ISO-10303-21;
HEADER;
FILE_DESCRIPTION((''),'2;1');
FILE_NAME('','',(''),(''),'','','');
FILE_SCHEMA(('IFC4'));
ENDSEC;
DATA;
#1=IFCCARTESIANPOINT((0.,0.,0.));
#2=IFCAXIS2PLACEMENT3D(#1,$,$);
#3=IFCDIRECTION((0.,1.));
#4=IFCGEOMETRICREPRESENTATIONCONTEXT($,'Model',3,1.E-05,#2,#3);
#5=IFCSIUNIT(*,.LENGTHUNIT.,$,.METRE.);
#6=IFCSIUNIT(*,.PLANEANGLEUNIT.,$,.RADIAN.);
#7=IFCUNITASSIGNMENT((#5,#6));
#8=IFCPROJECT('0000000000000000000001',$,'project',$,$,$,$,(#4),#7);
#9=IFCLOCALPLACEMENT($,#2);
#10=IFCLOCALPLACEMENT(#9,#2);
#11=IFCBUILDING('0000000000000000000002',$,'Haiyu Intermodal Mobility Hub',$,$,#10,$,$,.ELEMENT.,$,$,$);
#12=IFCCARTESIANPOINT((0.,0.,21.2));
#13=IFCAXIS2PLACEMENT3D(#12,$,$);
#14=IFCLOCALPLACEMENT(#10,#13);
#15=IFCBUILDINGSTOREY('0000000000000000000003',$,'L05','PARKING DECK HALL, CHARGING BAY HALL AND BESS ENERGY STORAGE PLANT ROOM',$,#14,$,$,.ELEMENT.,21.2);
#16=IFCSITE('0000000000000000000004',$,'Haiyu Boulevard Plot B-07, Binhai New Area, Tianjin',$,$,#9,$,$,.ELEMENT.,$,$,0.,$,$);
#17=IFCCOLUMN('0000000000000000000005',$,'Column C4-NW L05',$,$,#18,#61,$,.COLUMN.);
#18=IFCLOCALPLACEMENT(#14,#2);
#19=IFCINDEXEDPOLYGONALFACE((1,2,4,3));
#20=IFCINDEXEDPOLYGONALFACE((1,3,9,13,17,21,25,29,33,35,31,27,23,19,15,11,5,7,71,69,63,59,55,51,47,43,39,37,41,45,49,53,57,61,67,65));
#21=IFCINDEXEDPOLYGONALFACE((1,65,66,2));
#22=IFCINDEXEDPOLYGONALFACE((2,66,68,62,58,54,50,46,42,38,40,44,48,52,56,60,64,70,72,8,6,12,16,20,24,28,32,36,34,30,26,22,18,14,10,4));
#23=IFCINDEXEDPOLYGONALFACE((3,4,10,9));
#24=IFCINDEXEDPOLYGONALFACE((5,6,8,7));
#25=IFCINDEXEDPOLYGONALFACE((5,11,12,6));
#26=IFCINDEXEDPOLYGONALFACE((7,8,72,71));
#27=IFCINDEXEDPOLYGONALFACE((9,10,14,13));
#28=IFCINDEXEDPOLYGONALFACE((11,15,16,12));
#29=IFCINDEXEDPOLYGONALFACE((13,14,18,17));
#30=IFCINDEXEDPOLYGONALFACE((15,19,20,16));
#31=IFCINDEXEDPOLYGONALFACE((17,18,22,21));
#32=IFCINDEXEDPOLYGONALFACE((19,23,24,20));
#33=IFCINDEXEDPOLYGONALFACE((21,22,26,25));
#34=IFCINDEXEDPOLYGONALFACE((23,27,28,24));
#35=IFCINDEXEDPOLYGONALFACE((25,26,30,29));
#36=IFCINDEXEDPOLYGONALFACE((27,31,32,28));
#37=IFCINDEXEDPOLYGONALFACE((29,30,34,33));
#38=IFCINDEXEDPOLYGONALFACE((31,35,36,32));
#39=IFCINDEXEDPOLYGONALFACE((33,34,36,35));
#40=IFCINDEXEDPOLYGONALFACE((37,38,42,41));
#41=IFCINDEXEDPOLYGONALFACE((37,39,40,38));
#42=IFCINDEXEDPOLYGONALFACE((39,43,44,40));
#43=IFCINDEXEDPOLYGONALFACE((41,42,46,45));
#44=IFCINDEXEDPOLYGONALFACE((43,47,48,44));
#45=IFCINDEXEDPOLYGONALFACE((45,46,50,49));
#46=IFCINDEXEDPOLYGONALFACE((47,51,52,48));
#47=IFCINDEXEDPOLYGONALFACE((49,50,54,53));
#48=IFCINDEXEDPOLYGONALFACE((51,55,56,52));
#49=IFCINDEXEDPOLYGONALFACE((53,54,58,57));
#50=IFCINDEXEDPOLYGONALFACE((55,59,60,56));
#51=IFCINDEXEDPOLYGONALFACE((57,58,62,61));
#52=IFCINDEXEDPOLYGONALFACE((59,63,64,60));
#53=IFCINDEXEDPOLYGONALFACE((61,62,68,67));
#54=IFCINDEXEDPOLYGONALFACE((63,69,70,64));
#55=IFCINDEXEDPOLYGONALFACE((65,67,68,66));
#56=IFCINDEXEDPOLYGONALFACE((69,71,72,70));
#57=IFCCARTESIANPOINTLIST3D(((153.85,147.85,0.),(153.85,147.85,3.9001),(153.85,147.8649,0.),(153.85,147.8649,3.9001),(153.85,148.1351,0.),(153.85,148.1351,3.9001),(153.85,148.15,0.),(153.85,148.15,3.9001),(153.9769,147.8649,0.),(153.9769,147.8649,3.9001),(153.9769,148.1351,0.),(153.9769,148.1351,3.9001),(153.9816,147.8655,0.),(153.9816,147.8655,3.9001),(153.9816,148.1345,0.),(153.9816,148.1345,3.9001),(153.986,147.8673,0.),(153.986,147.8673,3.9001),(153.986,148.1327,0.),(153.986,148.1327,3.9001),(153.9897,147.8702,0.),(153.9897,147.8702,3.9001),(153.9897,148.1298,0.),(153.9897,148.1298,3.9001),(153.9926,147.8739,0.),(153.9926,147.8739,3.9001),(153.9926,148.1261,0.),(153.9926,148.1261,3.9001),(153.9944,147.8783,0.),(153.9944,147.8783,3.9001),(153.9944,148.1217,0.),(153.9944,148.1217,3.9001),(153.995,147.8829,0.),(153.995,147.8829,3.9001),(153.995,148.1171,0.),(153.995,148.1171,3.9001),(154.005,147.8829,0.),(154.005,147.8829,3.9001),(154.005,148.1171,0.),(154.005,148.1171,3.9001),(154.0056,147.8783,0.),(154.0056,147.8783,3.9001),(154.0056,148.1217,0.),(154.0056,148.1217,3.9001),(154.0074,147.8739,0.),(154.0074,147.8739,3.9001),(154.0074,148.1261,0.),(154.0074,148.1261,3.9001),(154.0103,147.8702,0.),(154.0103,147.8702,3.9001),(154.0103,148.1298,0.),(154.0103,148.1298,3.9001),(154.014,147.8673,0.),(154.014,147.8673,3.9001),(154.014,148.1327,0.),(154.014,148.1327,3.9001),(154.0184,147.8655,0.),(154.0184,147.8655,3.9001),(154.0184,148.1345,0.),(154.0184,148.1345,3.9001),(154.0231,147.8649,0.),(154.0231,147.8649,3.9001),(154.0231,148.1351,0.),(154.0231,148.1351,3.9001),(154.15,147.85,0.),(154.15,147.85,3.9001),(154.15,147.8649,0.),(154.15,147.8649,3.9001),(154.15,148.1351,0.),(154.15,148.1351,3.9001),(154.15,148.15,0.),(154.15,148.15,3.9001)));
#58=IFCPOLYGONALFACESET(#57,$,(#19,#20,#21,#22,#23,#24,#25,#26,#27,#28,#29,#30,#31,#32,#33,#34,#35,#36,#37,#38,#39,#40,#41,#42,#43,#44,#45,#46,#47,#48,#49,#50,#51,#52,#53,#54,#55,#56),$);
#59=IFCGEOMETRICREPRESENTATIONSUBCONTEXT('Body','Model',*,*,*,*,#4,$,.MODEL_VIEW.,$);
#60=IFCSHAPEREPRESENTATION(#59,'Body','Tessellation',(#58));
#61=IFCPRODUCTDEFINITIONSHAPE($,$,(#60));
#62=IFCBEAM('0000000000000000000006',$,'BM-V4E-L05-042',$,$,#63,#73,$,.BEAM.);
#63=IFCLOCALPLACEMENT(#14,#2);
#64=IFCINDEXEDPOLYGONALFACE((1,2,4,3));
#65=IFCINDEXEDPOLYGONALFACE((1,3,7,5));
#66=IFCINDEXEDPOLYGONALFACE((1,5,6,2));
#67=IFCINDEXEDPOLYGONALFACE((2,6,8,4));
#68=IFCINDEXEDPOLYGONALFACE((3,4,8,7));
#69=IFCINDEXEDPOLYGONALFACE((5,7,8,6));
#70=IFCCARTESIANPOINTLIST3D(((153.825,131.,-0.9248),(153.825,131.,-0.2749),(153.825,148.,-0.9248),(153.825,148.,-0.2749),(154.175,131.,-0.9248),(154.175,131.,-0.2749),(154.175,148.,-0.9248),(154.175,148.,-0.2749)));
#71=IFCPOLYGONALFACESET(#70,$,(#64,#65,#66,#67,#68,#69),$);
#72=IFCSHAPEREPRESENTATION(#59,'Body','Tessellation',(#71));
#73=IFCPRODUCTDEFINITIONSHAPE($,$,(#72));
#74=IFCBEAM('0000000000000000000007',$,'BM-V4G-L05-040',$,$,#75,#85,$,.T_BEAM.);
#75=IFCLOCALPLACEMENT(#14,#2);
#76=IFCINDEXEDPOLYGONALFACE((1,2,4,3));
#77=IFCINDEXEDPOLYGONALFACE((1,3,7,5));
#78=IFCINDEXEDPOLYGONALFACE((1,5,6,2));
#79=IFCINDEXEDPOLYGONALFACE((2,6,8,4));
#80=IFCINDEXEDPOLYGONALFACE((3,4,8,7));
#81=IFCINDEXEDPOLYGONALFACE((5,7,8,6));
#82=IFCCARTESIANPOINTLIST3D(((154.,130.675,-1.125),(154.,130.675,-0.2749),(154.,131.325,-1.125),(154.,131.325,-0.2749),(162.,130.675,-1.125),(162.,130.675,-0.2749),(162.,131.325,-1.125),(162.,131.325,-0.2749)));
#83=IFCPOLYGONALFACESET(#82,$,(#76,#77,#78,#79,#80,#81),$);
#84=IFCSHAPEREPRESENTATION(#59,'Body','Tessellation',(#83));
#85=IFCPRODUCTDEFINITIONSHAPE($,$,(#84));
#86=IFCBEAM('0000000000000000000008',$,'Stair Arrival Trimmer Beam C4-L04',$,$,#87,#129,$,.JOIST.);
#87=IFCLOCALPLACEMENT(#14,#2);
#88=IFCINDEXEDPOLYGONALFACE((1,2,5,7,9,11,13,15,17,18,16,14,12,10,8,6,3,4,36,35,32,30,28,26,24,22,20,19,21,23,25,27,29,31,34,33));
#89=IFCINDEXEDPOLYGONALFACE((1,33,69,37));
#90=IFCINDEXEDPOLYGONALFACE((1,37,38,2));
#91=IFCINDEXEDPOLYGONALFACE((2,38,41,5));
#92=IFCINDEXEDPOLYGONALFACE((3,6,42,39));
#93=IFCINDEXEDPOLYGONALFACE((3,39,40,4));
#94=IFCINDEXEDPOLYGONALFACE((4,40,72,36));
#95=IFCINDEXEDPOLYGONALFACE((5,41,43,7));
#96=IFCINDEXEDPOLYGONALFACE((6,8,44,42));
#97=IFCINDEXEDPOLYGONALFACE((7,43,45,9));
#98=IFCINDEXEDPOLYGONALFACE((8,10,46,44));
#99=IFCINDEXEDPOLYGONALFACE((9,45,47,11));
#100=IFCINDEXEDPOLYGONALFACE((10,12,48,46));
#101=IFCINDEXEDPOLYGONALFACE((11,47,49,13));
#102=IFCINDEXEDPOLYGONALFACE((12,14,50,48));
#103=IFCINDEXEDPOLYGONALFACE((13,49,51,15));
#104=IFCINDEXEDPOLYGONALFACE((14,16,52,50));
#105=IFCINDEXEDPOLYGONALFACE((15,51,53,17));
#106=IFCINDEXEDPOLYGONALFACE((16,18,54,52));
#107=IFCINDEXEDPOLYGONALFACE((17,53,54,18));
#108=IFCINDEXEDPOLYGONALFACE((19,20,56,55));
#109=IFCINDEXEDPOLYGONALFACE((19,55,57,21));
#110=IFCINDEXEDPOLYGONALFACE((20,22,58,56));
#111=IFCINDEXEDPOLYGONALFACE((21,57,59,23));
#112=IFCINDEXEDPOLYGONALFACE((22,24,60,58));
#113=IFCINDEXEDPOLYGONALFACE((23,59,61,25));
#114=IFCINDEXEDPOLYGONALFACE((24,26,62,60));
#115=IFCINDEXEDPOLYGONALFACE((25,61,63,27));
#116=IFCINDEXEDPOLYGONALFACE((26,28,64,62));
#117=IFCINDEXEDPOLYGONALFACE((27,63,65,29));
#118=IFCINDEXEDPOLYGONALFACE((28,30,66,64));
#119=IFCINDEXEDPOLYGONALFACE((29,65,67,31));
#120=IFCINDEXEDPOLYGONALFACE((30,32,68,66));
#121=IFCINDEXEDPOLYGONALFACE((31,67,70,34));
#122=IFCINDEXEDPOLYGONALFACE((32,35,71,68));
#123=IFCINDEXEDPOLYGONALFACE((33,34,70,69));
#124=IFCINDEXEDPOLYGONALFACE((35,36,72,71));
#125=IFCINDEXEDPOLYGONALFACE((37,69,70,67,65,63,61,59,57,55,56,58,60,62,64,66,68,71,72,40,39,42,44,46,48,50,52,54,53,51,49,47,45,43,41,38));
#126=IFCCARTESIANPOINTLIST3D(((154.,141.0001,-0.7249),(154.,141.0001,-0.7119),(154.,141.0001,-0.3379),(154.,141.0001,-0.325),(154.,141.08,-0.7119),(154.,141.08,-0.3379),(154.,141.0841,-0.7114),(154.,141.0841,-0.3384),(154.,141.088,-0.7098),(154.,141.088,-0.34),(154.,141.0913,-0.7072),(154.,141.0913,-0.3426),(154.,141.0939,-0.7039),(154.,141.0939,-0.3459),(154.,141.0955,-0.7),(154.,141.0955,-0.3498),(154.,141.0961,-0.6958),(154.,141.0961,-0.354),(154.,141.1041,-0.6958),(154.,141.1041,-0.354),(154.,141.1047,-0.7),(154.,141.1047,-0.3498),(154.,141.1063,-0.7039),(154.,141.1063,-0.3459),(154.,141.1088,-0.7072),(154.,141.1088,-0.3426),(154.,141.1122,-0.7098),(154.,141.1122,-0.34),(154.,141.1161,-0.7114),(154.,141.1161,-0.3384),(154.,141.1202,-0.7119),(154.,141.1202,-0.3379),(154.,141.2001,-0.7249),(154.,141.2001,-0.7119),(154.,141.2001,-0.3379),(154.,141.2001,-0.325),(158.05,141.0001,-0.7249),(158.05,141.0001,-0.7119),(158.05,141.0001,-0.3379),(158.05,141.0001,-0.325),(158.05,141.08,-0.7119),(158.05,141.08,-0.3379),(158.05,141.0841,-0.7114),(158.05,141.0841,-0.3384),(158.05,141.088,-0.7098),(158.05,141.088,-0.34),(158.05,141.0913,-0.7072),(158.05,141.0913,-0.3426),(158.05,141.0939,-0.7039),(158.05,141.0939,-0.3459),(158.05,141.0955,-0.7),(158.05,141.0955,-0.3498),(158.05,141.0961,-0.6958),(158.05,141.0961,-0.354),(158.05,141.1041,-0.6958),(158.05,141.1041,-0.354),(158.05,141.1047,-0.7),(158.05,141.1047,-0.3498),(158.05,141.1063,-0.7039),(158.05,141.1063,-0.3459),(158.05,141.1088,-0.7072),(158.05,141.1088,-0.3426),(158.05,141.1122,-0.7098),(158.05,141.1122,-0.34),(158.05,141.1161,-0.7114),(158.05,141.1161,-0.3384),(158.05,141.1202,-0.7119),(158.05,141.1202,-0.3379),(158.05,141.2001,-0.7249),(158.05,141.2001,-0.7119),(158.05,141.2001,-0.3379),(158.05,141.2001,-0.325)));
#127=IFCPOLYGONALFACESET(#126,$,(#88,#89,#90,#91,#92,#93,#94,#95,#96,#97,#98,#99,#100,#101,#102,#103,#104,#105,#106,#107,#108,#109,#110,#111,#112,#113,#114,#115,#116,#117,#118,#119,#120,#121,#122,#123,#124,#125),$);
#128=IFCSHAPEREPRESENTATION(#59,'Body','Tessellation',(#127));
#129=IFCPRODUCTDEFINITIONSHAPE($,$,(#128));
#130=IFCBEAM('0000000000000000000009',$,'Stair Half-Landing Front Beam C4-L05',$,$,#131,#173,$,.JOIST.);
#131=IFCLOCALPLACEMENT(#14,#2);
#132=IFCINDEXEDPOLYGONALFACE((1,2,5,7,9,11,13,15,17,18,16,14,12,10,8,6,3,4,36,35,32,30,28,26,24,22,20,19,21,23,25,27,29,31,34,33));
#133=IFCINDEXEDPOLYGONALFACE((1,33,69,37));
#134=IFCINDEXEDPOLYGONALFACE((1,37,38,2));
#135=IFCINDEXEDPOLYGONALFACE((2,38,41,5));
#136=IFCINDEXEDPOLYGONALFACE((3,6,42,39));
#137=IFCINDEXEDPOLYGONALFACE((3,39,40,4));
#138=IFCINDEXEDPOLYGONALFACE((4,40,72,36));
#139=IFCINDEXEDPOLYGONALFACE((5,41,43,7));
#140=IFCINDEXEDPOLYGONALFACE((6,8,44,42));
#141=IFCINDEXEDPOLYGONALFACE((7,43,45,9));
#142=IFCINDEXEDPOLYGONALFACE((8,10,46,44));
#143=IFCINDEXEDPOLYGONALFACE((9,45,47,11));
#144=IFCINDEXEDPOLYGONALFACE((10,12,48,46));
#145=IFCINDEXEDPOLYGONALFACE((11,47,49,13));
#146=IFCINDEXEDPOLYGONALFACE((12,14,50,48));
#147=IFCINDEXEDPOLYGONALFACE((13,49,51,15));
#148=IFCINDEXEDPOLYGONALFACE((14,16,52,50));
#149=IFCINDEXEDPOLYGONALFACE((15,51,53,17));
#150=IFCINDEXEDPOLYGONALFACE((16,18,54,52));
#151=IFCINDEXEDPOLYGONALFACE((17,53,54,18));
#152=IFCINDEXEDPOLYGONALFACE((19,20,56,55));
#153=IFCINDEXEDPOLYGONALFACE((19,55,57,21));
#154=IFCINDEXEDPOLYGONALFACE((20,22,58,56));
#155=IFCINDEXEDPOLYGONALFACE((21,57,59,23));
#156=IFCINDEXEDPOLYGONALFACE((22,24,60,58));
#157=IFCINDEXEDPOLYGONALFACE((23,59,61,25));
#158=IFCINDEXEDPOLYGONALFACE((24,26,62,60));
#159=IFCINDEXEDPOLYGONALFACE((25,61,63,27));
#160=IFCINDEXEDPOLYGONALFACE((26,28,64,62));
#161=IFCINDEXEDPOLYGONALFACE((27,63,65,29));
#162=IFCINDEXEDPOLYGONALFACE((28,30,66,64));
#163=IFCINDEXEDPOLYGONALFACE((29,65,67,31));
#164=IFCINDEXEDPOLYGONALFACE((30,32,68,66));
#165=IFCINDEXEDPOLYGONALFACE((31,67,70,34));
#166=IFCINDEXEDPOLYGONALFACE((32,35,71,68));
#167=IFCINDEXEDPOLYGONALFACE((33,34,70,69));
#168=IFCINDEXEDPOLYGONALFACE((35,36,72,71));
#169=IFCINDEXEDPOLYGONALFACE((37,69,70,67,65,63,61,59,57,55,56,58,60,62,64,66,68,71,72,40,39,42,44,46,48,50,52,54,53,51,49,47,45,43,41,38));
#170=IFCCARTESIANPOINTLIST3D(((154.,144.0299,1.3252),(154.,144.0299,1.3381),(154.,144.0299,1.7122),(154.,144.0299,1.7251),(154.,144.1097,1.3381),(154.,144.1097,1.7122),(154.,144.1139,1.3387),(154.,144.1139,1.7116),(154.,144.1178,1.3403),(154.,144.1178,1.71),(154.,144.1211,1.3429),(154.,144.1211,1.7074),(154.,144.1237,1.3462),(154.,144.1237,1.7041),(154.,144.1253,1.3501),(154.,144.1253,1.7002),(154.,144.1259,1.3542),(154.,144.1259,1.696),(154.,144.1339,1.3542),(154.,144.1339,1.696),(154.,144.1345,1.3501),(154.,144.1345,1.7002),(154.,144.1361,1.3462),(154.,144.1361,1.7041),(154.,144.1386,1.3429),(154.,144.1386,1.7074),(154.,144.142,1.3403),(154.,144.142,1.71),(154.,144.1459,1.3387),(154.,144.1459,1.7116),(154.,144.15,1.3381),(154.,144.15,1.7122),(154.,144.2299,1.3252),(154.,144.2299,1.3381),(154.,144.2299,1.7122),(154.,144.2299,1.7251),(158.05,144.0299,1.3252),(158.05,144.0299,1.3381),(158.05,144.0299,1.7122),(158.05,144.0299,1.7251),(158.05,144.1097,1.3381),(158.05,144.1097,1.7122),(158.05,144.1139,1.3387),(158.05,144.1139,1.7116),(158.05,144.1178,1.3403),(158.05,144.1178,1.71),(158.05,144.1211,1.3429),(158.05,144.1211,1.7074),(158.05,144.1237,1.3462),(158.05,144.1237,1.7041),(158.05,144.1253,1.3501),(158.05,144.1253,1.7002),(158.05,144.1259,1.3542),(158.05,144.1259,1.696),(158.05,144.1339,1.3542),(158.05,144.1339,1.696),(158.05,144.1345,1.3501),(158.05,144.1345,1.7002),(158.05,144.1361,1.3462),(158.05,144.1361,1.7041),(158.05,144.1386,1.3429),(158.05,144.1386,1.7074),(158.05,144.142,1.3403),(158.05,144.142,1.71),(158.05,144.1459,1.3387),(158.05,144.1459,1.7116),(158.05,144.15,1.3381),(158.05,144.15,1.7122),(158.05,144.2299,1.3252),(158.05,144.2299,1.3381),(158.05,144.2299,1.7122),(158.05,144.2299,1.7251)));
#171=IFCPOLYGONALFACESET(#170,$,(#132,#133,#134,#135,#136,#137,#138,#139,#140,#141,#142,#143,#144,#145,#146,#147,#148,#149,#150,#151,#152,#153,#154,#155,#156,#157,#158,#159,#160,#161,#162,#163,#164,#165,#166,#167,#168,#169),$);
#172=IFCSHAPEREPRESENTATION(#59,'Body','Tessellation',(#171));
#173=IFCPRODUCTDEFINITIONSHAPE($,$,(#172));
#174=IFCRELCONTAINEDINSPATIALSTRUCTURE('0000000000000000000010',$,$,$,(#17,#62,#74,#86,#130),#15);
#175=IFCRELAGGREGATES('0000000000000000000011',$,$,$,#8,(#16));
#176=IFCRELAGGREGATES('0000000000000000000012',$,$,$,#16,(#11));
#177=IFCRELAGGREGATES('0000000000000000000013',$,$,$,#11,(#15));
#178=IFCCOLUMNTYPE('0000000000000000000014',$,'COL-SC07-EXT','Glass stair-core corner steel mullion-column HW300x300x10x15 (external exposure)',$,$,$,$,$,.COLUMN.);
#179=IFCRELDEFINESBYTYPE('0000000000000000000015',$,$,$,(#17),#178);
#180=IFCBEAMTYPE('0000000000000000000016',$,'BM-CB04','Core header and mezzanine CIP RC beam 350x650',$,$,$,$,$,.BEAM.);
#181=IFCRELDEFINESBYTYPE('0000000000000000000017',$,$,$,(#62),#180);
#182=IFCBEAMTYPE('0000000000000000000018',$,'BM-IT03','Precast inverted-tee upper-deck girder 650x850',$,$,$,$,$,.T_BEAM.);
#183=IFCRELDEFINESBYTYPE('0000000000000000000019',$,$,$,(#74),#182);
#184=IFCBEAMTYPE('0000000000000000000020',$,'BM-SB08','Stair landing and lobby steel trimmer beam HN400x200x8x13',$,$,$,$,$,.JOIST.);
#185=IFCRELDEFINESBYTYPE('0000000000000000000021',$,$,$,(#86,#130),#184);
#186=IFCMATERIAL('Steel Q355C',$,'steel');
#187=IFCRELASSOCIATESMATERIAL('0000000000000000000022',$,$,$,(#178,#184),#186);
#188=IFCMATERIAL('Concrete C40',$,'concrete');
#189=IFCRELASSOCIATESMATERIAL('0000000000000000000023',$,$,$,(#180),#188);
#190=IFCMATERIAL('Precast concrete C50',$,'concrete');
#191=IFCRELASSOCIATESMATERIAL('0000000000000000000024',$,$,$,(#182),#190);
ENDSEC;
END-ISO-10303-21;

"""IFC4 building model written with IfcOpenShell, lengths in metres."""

from ifc_helpers import new_model, si_unit, direction, frame, origin, origin_2d, place, context, subcontext, project, spatial, rectangle, i_section, extrude, material, material_profile, profile_set, type_object, element, save


model = new_model("IFC4")

# Units and contexts
model_context = context("Model", 3, precision=1e-05, world=origin(), true_north=direction((0.0, 1.0)))
body_context = subcontext(model_context, "Body", "Model", "MODEL_VIEW")
ifc_project = project(units=[si_unit("LENGTHUNIT", "METRE"), si_unit("PLANEANGLEUNIT", "RADIAN")], contexts=[model_context])

# Site, building, storey
site_placement = place(None, origin())
site = spatial("IfcSite", under=ifc_project, at=site_placement, Name="Haiyu Boulevard Plot B-07, Binhai New Area, Tianjin", CompositionType="ELEMENT", RefElevation=0.0)
building_placement = place(site_placement, origin())
building = spatial("IfcBuilding", under=site, at=building_placement, Name="Haiyu Intermodal Mobility Hub", CompositionType="ELEMENT")
storey_placement = place(building_placement, frame((0.0, 0.0, 21.2)))
storey = spatial("IfcBuildingStorey", under=building, at=storey_placement, Name="L05", Description="PARKING DECK HALL, CHARGING BAY HALL AND BESS ENERGY STORAGE PLANT ROOM", CompositionType="ELEMENT", Elevation=21.2)

# Column
ifc_material_1 = material(Name="Steel Q355C", Category="steel")
ifc_material_profile_1 = material_profile(ifc_material_1, i_section(OverallWidth=0.3, OverallDepth=0.3, WebThickness=0.01, FlangeThickness=0.0149, FilletRadius=0.0181, at=origin_2d()), Name="HW300x300x10x15")
ifc_profile_set_1 = profile_set([ifc_material_profile_1], Name="Steel Q355C")
column_type_1 = type_object("IfcColumnType", Name="COL-SC07-EXT", Description="Glass stair-core corner steel mullion-column HW300x300x10x15 (external exposure)", PredefinedType="COLUMN", material=ifc_profile_set_1)
column_1_placement = place(storey_placement, frame((154.0, 148.0, 0.0), z_axis=(0.0, 0.0, 1.0), x_axis=(1.0, 0.0, 0.0)))
element("IfcColumn", 1, at=column_1_placement, inside=storey, type_object=column_type_1, Name="Column C4-NW L05", PredefinedType="COLUMN", context=body_context, shape_type="SweptSolid", body=[
    extrude(i_section(OverallWidth=0.3, OverallDepth=0.3, WebThickness=0.01, FlangeThickness=0.0149, FilletRadius=0.0181, at=origin_2d()), origin(), (0.0, 0.0, 1.0), 3.9001),
])

# Beams
ifc_material_2 = material(Name="Concrete C40", Category="concrete")
ifc_material_profile_2 = material_profile(ifc_material_2, rectangle(XDim=0.3501, YDim=0.6499, at=origin_2d()), Name="RCB350x650")
ifc_profile_set_2 = profile_set([ifc_material_profile_2], Name="Concrete C40")
beam_type_1 = type_object("IfcBeamType", Name="BM-CB04", Description="Core header and mezzanine CIP RC beam 350x650", PredefinedType="BEAM", material=ifc_profile_set_2)
beam_1_placement = place(storey_placement, frame((154.0, 131.0, -0.5999), z_axis=(0.0, 1.0, 0.0), x_axis=(-1.0, 0.0, 0.0)))
element("IfcBeam", 2, at=beam_1_placement, inside=storey, type_object=beam_type_1, Name="BM-V4E-L05-042", PredefinedType="BEAM", context=body_context, shape_type="SweptSolid", body=[
    extrude(rectangle(XDim=0.3501, YDim=0.6499, at=origin_2d()), origin(), (0.0, 0.0, 1.0), 17.0),
])
ifc_material_3 = material(Name="Precast concrete C50", Category="concrete")
ifc_material_profile_3 = material_profile(ifc_material_3, rectangle(XDim=0.6499, YDim=0.8501, at=origin_2d()), Name="PC650x850")
ifc_profile_set_3 = profile_set([ifc_material_profile_3], Name="Precast concrete C50")
beam_type_2 = type_object("IfcBeamType", Name="BM-IT03", Description="Precast inverted-tee upper-deck girder 650x850", PredefinedType="T_BEAM", material=ifc_profile_set_3)
beam_2_placement = place(storey_placement, frame((154.0, 131.0, -0.7), z_axis=(1.0, 0.0, 0.0), x_axis=(0.0, 1.0, 0.0)))
element("IfcBeam", 3, at=beam_2_placement, inside=storey, type_object=beam_type_2, Name="BM-V4G-L05-040", PredefinedType="T_BEAM", context=body_context, shape_type="SweptSolid", body=[
    extrude(rectangle(XDim=0.6499, YDim=0.8501, at=origin_2d()), origin(), (0.0, 0.0, 1.0), 8.0),
])
ifc_material_profile_4 = material_profile(ifc_material_1, i_section(OverallWidth=0.2, OverallDepth=0.3999, WebThickness=0.0081, FlangeThickness=0.0129, FilletRadius=0.0161, at=origin_2d()), Name="HN400x200x8x13")
ifc_profile_set_4 = profile_set([ifc_material_profile_4], Name="Steel Q355C")
beam_type_3 = type_object("IfcBeamType", Name="BM-SB08", Description="Stair landing and lobby steel trimmer beam HN400x200x8x13", PredefinedType="JOIST", material=ifc_profile_set_4)
for number, where, z_axis, x_axis, name in (
    (4, (154.0, 141.1001, -0.5249), (1.0, 0.0, 0.0), (0.0, 1.0, 0.0), "Stair Arrival Trimmer Beam C4-L04"),
    (5, (154.0, 144.1299, 1.5251), (1.0, 0.0, 0.0), (0.0, 1.0, 0.0), "Stair Half-Landing Front Beam C4-L05"),
):
    element("IfcBeam", number, at=place(storey_placement, frame(where, z_axis=z_axis, x_axis=x_axis)), inside=storey, type_object=beam_type_3, Name=name, PredefinedType="JOIST", context=body_context, shape_type="SweptSolid", body=[
        extrude(i_section(OverallWidth=0.2, OverallDepth=0.3999, WebThickness=0.0081, FlangeThickness=0.0129, FilletRadius=0.0161, at=origin_2d()), origin(), (0.0, 0.0, 1.0), 4.05),
    ])

save(model, "model.ifc")
